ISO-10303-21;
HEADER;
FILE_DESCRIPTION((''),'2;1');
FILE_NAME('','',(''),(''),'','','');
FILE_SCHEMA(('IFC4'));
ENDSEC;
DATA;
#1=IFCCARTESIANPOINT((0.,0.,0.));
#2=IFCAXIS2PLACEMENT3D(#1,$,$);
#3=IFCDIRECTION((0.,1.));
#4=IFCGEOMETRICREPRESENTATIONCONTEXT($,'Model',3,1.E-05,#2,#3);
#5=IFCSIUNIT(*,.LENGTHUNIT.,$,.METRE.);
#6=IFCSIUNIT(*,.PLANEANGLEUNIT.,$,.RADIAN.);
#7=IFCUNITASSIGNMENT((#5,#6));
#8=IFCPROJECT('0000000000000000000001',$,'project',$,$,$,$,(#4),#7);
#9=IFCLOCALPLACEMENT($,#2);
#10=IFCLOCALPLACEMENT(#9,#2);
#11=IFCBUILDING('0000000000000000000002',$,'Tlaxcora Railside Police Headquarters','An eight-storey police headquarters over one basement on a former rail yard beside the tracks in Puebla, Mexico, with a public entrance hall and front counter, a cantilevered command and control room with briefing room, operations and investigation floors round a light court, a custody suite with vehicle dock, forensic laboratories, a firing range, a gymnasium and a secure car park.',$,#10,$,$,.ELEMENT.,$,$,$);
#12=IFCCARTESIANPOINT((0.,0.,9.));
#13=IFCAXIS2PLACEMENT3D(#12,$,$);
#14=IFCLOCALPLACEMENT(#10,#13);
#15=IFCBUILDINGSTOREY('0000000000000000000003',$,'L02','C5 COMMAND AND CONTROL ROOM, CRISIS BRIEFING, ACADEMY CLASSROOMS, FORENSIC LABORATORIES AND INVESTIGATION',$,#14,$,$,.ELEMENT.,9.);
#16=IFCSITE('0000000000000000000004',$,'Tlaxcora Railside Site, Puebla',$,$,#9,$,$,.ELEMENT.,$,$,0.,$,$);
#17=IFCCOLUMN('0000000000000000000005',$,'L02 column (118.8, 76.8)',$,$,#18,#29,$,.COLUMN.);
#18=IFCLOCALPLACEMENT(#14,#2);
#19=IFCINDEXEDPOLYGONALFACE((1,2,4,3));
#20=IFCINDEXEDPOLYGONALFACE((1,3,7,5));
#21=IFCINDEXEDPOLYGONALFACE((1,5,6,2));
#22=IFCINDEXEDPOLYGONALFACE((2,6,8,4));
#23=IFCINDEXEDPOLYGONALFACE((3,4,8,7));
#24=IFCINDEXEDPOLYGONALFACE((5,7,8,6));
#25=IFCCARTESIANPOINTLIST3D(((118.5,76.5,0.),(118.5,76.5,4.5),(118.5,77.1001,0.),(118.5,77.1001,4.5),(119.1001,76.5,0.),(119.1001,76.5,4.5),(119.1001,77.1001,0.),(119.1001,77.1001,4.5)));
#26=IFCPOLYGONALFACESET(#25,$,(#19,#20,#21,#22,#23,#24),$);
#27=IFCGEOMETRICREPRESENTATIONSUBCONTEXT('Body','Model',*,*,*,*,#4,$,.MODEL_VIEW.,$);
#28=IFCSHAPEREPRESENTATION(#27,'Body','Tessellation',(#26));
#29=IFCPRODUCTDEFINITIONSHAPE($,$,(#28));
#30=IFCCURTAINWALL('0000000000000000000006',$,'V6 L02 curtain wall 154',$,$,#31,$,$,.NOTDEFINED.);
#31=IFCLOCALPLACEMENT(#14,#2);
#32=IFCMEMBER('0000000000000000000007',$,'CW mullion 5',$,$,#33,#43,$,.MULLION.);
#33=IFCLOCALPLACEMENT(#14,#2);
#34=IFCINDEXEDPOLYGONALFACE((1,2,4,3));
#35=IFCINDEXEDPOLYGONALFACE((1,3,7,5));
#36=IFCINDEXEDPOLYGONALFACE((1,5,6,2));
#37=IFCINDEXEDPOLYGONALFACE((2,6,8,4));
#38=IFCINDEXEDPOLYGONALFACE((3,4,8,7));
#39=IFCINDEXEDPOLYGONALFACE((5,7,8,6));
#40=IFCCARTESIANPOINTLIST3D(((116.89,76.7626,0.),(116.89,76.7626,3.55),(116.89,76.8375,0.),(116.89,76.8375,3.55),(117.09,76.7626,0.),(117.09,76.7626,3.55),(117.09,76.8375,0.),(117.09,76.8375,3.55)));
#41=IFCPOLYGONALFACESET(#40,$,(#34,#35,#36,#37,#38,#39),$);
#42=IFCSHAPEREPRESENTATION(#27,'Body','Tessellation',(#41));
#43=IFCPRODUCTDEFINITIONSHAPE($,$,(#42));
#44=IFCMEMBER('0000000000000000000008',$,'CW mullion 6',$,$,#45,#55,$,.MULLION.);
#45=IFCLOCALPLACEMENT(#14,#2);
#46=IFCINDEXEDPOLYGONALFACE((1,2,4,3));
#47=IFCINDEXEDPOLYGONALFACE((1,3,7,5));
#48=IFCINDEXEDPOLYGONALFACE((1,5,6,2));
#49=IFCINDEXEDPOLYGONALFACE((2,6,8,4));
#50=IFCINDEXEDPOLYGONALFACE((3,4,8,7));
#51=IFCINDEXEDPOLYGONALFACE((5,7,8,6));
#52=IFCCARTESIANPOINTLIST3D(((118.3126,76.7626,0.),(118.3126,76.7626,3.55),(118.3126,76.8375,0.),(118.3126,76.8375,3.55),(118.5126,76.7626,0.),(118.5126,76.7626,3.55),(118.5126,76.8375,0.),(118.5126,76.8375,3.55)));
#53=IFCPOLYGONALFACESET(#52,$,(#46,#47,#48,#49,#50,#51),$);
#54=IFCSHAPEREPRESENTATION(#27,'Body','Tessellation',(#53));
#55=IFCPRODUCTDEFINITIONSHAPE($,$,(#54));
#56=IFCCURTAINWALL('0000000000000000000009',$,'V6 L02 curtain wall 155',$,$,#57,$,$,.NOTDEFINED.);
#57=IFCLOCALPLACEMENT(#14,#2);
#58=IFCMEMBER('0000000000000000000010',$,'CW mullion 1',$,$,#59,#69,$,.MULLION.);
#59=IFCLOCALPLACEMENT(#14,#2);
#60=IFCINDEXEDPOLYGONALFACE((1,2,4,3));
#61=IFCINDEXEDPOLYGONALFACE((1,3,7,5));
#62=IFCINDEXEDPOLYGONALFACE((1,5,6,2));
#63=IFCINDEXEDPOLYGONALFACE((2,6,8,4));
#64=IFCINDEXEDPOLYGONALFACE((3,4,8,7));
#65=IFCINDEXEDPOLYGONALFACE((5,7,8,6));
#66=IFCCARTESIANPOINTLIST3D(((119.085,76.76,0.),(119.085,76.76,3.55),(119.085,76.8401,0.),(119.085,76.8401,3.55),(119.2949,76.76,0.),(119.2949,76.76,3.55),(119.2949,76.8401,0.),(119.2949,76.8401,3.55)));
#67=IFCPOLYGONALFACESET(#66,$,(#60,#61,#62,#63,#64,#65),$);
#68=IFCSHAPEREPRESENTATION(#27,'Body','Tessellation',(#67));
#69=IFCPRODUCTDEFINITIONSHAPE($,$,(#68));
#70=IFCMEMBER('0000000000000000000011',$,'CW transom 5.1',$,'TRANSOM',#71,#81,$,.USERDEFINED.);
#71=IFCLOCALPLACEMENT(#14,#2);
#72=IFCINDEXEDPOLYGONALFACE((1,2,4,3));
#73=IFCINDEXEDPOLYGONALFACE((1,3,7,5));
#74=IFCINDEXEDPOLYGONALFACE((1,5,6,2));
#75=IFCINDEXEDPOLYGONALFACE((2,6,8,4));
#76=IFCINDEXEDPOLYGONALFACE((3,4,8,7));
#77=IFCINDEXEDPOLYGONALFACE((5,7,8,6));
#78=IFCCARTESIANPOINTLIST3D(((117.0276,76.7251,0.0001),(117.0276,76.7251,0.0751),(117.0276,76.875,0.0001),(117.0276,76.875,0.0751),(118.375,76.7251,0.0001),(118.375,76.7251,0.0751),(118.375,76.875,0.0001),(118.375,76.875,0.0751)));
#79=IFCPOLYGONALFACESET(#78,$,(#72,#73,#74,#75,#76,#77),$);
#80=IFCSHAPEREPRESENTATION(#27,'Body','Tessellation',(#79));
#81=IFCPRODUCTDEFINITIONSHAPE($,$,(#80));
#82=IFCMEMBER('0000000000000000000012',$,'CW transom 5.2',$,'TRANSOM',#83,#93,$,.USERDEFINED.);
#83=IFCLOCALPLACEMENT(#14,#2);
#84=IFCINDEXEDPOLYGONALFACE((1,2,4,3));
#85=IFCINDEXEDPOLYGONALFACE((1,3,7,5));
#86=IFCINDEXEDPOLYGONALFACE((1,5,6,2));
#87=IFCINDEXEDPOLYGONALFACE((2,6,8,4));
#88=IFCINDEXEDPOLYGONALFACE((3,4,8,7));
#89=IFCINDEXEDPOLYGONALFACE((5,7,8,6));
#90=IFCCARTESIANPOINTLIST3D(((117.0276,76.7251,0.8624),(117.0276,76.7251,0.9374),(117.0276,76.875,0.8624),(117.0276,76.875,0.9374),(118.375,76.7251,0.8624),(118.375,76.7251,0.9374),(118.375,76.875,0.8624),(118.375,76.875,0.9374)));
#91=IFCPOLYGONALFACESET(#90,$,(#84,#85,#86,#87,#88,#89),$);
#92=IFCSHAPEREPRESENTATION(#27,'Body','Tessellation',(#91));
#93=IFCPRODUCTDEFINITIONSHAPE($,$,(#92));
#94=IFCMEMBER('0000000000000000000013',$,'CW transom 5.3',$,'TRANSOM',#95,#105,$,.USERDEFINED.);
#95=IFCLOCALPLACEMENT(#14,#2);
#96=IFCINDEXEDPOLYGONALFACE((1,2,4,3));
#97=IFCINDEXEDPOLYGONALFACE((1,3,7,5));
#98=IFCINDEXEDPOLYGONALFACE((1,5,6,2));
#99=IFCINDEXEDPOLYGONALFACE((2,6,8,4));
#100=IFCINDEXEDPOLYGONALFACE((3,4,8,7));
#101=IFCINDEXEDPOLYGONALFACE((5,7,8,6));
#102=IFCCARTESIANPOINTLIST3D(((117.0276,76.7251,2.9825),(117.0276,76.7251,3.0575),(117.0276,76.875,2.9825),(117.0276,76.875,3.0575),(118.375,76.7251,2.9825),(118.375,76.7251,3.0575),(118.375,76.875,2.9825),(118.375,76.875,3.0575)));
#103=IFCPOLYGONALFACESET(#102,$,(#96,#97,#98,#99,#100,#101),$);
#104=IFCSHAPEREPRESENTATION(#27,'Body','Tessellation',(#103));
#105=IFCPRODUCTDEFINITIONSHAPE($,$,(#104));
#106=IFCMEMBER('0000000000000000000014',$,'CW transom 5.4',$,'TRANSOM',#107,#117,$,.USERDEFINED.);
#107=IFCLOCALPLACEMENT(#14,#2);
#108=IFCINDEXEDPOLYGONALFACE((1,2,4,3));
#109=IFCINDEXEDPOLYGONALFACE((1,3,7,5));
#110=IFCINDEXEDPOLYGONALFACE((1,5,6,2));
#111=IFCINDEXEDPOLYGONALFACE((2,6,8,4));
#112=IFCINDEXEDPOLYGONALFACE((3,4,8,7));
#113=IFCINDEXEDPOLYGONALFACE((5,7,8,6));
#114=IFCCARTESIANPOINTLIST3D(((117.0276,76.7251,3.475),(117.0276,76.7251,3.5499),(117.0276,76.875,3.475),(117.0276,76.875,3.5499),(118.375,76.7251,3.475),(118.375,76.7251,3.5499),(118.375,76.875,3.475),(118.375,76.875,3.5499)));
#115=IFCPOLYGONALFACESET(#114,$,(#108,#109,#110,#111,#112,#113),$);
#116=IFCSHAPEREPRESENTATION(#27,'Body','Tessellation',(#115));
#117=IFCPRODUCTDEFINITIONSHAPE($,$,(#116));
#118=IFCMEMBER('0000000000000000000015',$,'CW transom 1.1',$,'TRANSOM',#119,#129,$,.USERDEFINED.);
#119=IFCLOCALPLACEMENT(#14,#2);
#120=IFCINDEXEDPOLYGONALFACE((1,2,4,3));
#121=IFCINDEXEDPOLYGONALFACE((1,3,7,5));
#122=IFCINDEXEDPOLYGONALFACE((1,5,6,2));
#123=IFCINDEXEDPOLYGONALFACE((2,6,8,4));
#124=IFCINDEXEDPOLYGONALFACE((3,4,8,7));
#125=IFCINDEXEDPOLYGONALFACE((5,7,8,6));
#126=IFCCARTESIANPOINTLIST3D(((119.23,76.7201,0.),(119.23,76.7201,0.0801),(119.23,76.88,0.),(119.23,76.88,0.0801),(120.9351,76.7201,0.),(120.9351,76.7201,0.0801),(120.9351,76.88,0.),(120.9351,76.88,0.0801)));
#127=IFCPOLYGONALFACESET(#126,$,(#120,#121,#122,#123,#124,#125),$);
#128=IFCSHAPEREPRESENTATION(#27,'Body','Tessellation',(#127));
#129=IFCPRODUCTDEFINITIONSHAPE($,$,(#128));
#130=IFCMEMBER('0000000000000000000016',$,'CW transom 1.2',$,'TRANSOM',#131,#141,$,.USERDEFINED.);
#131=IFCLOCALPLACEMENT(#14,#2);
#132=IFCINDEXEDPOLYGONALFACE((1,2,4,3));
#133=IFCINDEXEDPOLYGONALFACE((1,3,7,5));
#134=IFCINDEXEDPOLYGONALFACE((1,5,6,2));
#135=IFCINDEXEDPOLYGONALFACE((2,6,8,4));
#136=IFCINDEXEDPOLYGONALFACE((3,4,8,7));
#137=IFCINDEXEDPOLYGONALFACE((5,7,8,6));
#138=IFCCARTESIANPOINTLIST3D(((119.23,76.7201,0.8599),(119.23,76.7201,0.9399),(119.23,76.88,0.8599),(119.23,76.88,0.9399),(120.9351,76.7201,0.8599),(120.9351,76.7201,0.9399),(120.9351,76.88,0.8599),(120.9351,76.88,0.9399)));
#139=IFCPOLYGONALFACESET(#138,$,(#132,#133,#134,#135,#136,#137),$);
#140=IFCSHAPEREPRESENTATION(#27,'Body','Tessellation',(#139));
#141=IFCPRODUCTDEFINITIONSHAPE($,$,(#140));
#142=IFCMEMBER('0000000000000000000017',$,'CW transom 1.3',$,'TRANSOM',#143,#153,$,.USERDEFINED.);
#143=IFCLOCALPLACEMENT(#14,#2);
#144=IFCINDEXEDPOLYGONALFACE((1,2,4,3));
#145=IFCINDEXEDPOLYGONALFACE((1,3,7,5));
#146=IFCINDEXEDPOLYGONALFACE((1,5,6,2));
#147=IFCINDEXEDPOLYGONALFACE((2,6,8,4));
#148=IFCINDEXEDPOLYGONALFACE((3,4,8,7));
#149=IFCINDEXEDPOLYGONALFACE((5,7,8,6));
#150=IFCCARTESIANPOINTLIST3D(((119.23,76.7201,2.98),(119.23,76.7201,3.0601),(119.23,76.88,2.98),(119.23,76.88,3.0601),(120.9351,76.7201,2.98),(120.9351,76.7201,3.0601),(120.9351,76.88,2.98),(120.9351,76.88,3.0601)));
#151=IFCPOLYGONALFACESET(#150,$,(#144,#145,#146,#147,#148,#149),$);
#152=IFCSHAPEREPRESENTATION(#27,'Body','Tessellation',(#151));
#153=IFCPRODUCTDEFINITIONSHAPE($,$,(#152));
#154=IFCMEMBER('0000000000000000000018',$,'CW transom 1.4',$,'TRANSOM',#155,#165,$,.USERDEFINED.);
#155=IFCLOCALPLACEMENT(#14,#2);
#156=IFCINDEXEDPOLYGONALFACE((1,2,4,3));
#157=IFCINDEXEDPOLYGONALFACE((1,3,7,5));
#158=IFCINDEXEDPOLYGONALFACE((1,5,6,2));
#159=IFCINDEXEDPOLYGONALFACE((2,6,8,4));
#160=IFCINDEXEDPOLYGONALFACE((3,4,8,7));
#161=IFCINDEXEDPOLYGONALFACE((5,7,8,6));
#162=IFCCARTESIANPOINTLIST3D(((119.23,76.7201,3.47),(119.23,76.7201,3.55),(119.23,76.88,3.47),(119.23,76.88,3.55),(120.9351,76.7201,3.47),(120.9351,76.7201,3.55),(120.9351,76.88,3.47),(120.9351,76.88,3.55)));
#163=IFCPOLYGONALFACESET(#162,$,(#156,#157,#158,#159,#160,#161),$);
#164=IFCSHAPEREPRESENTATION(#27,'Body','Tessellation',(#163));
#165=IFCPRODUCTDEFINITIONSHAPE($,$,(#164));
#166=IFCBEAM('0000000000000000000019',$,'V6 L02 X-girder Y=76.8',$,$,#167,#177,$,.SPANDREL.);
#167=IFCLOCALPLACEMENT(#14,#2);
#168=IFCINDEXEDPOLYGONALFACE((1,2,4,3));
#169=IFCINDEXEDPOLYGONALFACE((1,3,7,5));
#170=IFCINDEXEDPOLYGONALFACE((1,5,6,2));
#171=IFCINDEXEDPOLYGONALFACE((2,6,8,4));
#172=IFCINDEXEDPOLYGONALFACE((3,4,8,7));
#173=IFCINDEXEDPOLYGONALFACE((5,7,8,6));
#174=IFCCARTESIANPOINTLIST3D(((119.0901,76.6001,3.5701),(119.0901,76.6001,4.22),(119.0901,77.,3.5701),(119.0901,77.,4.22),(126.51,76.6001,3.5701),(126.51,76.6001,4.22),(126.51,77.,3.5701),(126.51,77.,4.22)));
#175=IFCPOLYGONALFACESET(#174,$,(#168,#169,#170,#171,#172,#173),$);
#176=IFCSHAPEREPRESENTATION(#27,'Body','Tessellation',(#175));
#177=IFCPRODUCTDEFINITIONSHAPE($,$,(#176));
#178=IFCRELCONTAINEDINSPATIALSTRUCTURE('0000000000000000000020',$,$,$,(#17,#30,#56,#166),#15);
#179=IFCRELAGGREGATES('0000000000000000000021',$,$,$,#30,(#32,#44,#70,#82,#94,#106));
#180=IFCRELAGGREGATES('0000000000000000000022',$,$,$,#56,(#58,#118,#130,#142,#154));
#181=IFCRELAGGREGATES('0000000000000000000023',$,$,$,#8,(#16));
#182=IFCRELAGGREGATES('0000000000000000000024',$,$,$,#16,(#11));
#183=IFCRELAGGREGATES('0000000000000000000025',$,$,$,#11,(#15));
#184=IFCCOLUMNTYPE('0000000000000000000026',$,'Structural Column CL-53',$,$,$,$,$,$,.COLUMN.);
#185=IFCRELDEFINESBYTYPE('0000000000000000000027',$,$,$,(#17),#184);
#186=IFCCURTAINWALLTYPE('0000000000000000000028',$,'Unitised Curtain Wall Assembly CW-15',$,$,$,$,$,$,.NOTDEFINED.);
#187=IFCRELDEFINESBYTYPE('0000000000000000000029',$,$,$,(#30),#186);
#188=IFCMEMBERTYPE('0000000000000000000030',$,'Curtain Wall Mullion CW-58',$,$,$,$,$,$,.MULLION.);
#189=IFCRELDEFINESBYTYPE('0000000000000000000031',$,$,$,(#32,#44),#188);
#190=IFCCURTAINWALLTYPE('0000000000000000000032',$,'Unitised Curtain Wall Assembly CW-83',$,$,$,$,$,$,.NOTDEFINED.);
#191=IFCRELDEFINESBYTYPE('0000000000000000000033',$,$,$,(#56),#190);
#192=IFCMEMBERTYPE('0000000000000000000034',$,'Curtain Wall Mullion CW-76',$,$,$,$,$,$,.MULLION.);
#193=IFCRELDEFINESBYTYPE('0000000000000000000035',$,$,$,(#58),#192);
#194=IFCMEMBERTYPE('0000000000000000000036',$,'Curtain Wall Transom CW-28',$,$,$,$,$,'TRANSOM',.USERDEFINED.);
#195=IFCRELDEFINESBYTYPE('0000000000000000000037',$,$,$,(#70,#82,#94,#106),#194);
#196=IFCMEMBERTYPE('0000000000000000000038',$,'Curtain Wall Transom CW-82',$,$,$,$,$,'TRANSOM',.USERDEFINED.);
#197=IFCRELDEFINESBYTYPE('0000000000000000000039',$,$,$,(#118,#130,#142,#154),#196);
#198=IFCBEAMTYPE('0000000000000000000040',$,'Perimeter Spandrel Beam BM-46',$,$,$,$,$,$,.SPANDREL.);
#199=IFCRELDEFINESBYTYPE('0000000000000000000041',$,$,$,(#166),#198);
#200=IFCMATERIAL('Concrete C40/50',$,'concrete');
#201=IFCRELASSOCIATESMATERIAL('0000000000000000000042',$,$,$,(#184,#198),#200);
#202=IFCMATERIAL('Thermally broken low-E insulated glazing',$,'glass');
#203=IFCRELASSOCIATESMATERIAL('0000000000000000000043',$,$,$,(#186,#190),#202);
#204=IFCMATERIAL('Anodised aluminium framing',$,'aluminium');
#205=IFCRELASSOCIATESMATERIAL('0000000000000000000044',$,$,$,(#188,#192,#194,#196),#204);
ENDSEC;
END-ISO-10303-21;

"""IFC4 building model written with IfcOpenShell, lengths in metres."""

from ifc_helpers import new_model, si_unit, direction, frame, origin, origin_2d, place, context, subcontext, project, spatial, rectangle, extrude, material, material_profile, profile_set, type_object, element, aggregate, save


model = new_model("IFC4")

# Units and contexts
model_context = context("Model", 3, precision=1e-05, world=origin(), true_north=direction((0.0, 1.0)))
body_context = subcontext(model_context, "Body", "Model", "MODEL_VIEW")
ifc_project = project(units=[si_unit("LENGTHUNIT", "METRE"), si_unit("PLANEANGLEUNIT", "RADIAN")], contexts=[model_context])

# Site, building, storey
site_placement = place(None, origin())
site = spatial("IfcSite", under=ifc_project, at=site_placement, Name="Tlaxcora Railside Site, Puebla", CompositionType="ELEMENT", RefElevation=0.0)
building_placement = place(site_placement, origin())
building = spatial("IfcBuilding", under=site, at=building_placement, Name="Tlaxcora Railside Police Headquarters", Description="An eight-storey police headquarters over one basement on a former rail yard beside the tracks in Puebla, Mexico, with a public entrance hall and front counter, a cantilevered command and control room with briefing room, operations and investigation floors round a light court, a custody suite with vehicle dock, forensic laboratories, a firing range, a gymnasium and a secure car park.", CompositionType="ELEMENT")
storey_placement = place(building_placement, frame((0.0, 0.0, 9.0)))
storey = spatial("IfcBuildingStorey", under=building, at=storey_placement, Name="L02", Description="C5 COMMAND AND CONTROL ROOM, CRISIS BRIEFING, ACADEMY CLASSROOMS, FORENSIC LABORATORIES AND INVESTIGATION", CompositionType="ELEMENT", Elevation=9.0)

# Column
ifc_material_1 = material(Name="Concrete C40/50", Category="concrete")
ifc_material_profile_1 = material_profile(ifc_material_1, rectangle(XDim=0.6001, YDim=0.6001, at=origin_2d()), Name="RC600X600")
ifc_profile_set_1 = profile_set([ifc_material_profile_1], Name="Concrete C40/50")
column_type = type_object("IfcColumnType", Name="Structural Column CL-53", PredefinedType="COLUMN", material=ifc_profile_set_1)
column_placement = place(storey_placement, frame((118.8, 76.8, 0.0), z_axis=(0.0, 0.0, 1.0), x_axis=(1.0, 0.0, 0.0)))
element("IfcColumn", 1, at=column_placement, inside=storey, type_object=column_type, Name="L02 column (118.8, 76.8)", PredefinedType="COLUMN", context=body_context, shape_type="SweptSolid", body=[
    extrude(rectangle(XDim=0.6001, YDim=0.6001, at=origin_2d()), origin(), (0.0, 0.0, 1.0), 4.5),
])

# Curtain wall, members
ifc_material_2 = material(Name="Thermally broken low-E insulated glazing", Category="glass")
curtain_wall_type_1 = type_object("IfcCurtainWallType", Name="Unitised Curtain Wall Assembly CW-15", PredefinedType="NOTDEFINED", material=ifc_material_2)
curtain_wall_1_placement = place(storey_placement, origin())
curtain_wall_1 = element("IfcCurtainWall", 2, at=curtain_wall_1_placement, inside=storey, type_object=curtain_wall_type_1, Name="V6 L02 curtain wall 154", PredefinedType="NOTDEFINED")
ifc_material_3 = material(Name="Anodised aluminium framing", Category="aluminium")
ifc_material_profile_2 = material_profile(ifc_material_3, rectangle(XDim=0.075, YDim=0.2, at=origin_2d()), Name="AL75X200")
ifc_profile_set_2 = profile_set([ifc_material_profile_2], Name="Anodised aluminium framing")
member_type_1 = type_object("IfcMemberType", Name="Curtain Wall Mullion CW-58", PredefinedType="MULLION", material=ifc_profile_set_2)
member_1_placement = place(storey_placement, frame((116.99, 76.8, 0.0), z_axis=(0.0, 0.0, 1.0), x_axis=(0.0, 1.0, 0.0)))
member_1 = element("IfcMember", 3, at=member_1_placement, type_object=member_type_1, Name="CW mullion 5", PredefinedType="MULLION", context=body_context, shape_type="SweptSolid", body=[
    extrude(rectangle(XDim=0.075, YDim=0.2, at=origin_2d()), origin(), (0.0, 0.0, 1.0), 3.55),
])
member_2_placement = place(storey_placement, frame((118.4126, 76.8, 0.0), z_axis=(0.0, 0.0, 1.0), x_axis=(0.0, 1.0, 0.0)))
member_2 = element("IfcMember", 4, at=member_2_placement, type_object=member_type_1, Name="CW mullion 6", PredefinedType="MULLION", context=body_context, shape_type="SweptSolid", body=[
    extrude(rectangle(XDim=0.075, YDim=0.2, at=origin_2d()), origin(), (0.0, 0.0, 1.0), 3.55),
])

# Curtain wall, member
curtain_wall_type_2 = type_object("IfcCurtainWallType", Name="Unitised Curtain Wall Assembly CW-83", PredefinedType="NOTDEFINED", material=ifc_material_2)
curtain_wall_2_placement = place(storey_placement, origin())
curtain_wall_2 = element("IfcCurtainWall", 5, at=curtain_wall_2_placement, inside=storey, type_object=curtain_wall_type_2, Name="V6 L02 curtain wall 155", PredefinedType="NOTDEFINED")
ifc_material_profile_3 = material_profile(ifc_material_3, rectangle(XDim=0.0801, YDim=0.21, at=origin_2d()), Name="AL80X210")
ifc_profile_set_3 = profile_set([ifc_material_profile_3], Name="Anodised aluminium framing")
member_type_2 = type_object("IfcMemberType", Name="Curtain Wall Mullion CW-76", PredefinedType="MULLION", material=ifc_profile_set_3)
member_3_placement = place(storey_placement, frame((119.1899, 76.8, 0.0), z_axis=(0.0, 0.0, 1.0), x_axis=(0.0, 1.0, 0.0)))
member_3 = element("IfcMember", 6, at=member_3_placement, type_object=member_type_2, Name="CW mullion 1", PredefinedType="MULLION", context=body_context, shape_type="SweptSolid", body=[
    extrude(rectangle(XDim=0.0801, YDim=0.21, at=origin_2d()), origin(), (0.0, 0.0, 1.0), 3.55),
])

# Members
ifc_material_profile_4 = material_profile(ifc_material_3, rectangle(XDim=0.1499, YDim=0.075, at=origin_2d()), Name="AL75X150")
ifc_profile_set_4 = profile_set([ifc_material_profile_4], Name="Anodised aluminium framing")
member_type_3 = type_object("IfcMemberType", Name="Curtain Wall Transom CW-28", ElementType="TRANSOM", PredefinedType="USERDEFINED", material=ifc_profile_set_4)
member_4_placement = place(storey_placement, frame((117.0276, 76.8, 0.0376), z_axis=(1.0, 0.0, 0.0), x_axis=(0.0, 1.0, 0.0)))
member_4 = element("IfcMember", 7, at=member_4_placement, type_object=member_type_3, Name="CW transom 5.1", ObjectType="TRANSOM", PredefinedType="USERDEFINED", context=body_context, shape_type="SweptSolid", body=[
    extrude(rectangle(XDim=0.1499, YDim=0.075, at=origin_2d()), origin(), (0.0, 0.0, 1.0), 1.3474),
])
member_5_placement = place(storey_placement, frame((117.0276, 76.8, 0.8999), z_axis=(1.0, 0.0, 0.0), x_axis=(0.0, 1.0, 0.0)))
member_5 = element("IfcMember", 8, at=member_5_placement, type_object=member_type_3, Name="CW transom 5.2", ObjectType="TRANSOM", PredefinedType="USERDEFINED", context=body_context, shape_type="SweptSolid", body=[
    extrude(rectangle(XDim=0.1499, YDim=0.075, at=origin_2d()), origin(), (0.0, 0.0, 1.0), 1.3474),
])
member_6_placement = place(storey_placement, frame((117.0276, 76.8, 3.02), z_axis=(1.0, 0.0, 0.0), x_axis=(0.0, 1.0, 0.0)))
member_6 = element("IfcMember", 9, at=member_6_placement, type_object=member_type_3, Name="CW transom 5.3", ObjectType="TRANSOM", PredefinedType="USERDEFINED", context=body_context, shape_type="SweptSolid", body=[
    extrude(rectangle(XDim=0.1499, YDim=0.075, at=origin_2d()), origin(), (0.0, 0.0, 1.0), 1.3474),
])
member_7_placement = place(storey_placement, frame((117.0276, 76.8, 3.5125), z_axis=(1.0, 0.0, 0.0), x_axis=(0.0, 1.0, 0.0)))
member_7 = element("IfcMember", 10, at=member_7_placement, type_object=member_type_3, Name="CW transom 5.4", ObjectType="TRANSOM", PredefinedType="USERDEFINED", context=body_context, shape_type="SweptSolid", body=[
    extrude(rectangle(XDim=0.1499, YDim=0.075, at=origin_2d()), origin(), (0.0, 0.0, 1.0), 1.3474),
])
ifc_material_profile_5 = material_profile(ifc_material_3, rectangle(XDim=0.1599, YDim=0.0801, at=origin_2d()), Name="AL80X160")
ifc_profile_set_5 = profile_set([ifc_material_profile_5], Name="Anodised aluminium framing")
member_type_4 = type_object("IfcMemberType", Name="Curtain Wall Transom CW-82", ElementType="TRANSOM", PredefinedType="USERDEFINED", material=ifc_profile_set_5)
member_8_placement = place(storey_placement, frame((119.23, 76.8, 0.04), z_axis=(1.0, 0.0, 0.0), x_axis=(0.0, 1.0, 0.0)))
member_8 = element("IfcMember", 11, at=member_8_placement, type_object=member_type_4, Name="CW transom 1.1", ObjectType="TRANSOM", PredefinedType="USERDEFINED", context=body_context, shape_type="SweptSolid", body=[
    extrude(rectangle(XDim=0.1599, YDim=0.0801, at=origin_2d()), origin(), (0.0, 0.0, 1.0), 1.7051),
])
member_9_placement = place(storey_placement, frame((119.23, 76.8, 0.8999), z_axis=(1.0, 0.0, 0.0), x_axis=(0.0, 1.0, 0.0)))
member_9 = element("IfcMember", 12, at=member_9_placement, type_object=member_type_4, Name="CW transom 1.2", ObjectType="TRANSOM", PredefinedType="USERDEFINED", context=body_context, shape_type="SweptSolid", body=[
    extrude(rectangle(XDim=0.1599, YDim=0.0801, at=origin_2d()), origin(), (0.0, 0.0, 1.0), 1.7051),
])
member_10_placement = place(storey_placement, frame((119.23, 76.8, 3.02), z_axis=(1.0, 0.0, 0.0), x_axis=(0.0, 1.0, 0.0)))
member_10 = element("IfcMember", 13, at=member_10_placement, type_object=member_type_4, Name="CW transom 1.3", ObjectType="TRANSOM", PredefinedType="USERDEFINED", context=body_context, shape_type="SweptSolid", body=[
    extrude(rectangle(XDim=0.1599, YDim=0.0801, at=origin_2d()), origin(), (0.0, 0.0, 1.0), 1.7051),
])
member_11_placement = place(storey_placement, frame((119.23, 76.8, 3.51), z_axis=(1.0, 0.0, 0.0), x_axis=(0.0, 1.0, 0.0)))
member_11 = element("IfcMember", 14, at=member_11_placement, type_object=member_type_4, Name="CW transom 1.4", ObjectType="TRANSOM", PredefinedType="USERDEFINED", context=body_context, shape_type="SweptSolid", body=[
    extrude(rectangle(XDim=0.1599, YDim=0.0801, at=origin_2d()), origin(), (0.0, 0.0, 1.0), 1.7051),
])

# Beam
ifc_material_profile_6 = material_profile(ifc_material_1, rectangle(XDim=0.3999, YDim=0.6499, at=origin_2d()), Name="RC400X650")
ifc_profile_set_6 = profile_set([ifc_material_profile_6], Name="Concrete C40/50")
beam_type = type_object("IfcBeamType", Name="Perimeter Spandrel Beam BM-46", PredefinedType="SPANDREL", material=ifc_profile_set_6)
beam_placement = place(storey_placement, frame((119.0901, 76.8, 3.895), z_axis=(1.0, 0.0, 0.0), x_axis=(0.0, 1.0, 0.0)))
element("IfcBeam", 15, at=beam_placement, inside=storey, type_object=beam_type, Name="V6 L02 X-girder Y=76.8", PredefinedType="SPANDREL", context=body_context, shape_type="SweptSolid", body=[
    extrude(rectangle(XDim=0.3999, YDim=0.6499, at=origin_2d()), origin(), (0.0, 0.0, 1.0), 7.4199),
])

aggregate(curtain_wall_1, [member_1, member_2, member_4, member_5, member_6, member_7])
aggregate(curtain_wall_2, [member_3, member_8, member_9, member_10, member_11])

save(model, "model.ifc")
